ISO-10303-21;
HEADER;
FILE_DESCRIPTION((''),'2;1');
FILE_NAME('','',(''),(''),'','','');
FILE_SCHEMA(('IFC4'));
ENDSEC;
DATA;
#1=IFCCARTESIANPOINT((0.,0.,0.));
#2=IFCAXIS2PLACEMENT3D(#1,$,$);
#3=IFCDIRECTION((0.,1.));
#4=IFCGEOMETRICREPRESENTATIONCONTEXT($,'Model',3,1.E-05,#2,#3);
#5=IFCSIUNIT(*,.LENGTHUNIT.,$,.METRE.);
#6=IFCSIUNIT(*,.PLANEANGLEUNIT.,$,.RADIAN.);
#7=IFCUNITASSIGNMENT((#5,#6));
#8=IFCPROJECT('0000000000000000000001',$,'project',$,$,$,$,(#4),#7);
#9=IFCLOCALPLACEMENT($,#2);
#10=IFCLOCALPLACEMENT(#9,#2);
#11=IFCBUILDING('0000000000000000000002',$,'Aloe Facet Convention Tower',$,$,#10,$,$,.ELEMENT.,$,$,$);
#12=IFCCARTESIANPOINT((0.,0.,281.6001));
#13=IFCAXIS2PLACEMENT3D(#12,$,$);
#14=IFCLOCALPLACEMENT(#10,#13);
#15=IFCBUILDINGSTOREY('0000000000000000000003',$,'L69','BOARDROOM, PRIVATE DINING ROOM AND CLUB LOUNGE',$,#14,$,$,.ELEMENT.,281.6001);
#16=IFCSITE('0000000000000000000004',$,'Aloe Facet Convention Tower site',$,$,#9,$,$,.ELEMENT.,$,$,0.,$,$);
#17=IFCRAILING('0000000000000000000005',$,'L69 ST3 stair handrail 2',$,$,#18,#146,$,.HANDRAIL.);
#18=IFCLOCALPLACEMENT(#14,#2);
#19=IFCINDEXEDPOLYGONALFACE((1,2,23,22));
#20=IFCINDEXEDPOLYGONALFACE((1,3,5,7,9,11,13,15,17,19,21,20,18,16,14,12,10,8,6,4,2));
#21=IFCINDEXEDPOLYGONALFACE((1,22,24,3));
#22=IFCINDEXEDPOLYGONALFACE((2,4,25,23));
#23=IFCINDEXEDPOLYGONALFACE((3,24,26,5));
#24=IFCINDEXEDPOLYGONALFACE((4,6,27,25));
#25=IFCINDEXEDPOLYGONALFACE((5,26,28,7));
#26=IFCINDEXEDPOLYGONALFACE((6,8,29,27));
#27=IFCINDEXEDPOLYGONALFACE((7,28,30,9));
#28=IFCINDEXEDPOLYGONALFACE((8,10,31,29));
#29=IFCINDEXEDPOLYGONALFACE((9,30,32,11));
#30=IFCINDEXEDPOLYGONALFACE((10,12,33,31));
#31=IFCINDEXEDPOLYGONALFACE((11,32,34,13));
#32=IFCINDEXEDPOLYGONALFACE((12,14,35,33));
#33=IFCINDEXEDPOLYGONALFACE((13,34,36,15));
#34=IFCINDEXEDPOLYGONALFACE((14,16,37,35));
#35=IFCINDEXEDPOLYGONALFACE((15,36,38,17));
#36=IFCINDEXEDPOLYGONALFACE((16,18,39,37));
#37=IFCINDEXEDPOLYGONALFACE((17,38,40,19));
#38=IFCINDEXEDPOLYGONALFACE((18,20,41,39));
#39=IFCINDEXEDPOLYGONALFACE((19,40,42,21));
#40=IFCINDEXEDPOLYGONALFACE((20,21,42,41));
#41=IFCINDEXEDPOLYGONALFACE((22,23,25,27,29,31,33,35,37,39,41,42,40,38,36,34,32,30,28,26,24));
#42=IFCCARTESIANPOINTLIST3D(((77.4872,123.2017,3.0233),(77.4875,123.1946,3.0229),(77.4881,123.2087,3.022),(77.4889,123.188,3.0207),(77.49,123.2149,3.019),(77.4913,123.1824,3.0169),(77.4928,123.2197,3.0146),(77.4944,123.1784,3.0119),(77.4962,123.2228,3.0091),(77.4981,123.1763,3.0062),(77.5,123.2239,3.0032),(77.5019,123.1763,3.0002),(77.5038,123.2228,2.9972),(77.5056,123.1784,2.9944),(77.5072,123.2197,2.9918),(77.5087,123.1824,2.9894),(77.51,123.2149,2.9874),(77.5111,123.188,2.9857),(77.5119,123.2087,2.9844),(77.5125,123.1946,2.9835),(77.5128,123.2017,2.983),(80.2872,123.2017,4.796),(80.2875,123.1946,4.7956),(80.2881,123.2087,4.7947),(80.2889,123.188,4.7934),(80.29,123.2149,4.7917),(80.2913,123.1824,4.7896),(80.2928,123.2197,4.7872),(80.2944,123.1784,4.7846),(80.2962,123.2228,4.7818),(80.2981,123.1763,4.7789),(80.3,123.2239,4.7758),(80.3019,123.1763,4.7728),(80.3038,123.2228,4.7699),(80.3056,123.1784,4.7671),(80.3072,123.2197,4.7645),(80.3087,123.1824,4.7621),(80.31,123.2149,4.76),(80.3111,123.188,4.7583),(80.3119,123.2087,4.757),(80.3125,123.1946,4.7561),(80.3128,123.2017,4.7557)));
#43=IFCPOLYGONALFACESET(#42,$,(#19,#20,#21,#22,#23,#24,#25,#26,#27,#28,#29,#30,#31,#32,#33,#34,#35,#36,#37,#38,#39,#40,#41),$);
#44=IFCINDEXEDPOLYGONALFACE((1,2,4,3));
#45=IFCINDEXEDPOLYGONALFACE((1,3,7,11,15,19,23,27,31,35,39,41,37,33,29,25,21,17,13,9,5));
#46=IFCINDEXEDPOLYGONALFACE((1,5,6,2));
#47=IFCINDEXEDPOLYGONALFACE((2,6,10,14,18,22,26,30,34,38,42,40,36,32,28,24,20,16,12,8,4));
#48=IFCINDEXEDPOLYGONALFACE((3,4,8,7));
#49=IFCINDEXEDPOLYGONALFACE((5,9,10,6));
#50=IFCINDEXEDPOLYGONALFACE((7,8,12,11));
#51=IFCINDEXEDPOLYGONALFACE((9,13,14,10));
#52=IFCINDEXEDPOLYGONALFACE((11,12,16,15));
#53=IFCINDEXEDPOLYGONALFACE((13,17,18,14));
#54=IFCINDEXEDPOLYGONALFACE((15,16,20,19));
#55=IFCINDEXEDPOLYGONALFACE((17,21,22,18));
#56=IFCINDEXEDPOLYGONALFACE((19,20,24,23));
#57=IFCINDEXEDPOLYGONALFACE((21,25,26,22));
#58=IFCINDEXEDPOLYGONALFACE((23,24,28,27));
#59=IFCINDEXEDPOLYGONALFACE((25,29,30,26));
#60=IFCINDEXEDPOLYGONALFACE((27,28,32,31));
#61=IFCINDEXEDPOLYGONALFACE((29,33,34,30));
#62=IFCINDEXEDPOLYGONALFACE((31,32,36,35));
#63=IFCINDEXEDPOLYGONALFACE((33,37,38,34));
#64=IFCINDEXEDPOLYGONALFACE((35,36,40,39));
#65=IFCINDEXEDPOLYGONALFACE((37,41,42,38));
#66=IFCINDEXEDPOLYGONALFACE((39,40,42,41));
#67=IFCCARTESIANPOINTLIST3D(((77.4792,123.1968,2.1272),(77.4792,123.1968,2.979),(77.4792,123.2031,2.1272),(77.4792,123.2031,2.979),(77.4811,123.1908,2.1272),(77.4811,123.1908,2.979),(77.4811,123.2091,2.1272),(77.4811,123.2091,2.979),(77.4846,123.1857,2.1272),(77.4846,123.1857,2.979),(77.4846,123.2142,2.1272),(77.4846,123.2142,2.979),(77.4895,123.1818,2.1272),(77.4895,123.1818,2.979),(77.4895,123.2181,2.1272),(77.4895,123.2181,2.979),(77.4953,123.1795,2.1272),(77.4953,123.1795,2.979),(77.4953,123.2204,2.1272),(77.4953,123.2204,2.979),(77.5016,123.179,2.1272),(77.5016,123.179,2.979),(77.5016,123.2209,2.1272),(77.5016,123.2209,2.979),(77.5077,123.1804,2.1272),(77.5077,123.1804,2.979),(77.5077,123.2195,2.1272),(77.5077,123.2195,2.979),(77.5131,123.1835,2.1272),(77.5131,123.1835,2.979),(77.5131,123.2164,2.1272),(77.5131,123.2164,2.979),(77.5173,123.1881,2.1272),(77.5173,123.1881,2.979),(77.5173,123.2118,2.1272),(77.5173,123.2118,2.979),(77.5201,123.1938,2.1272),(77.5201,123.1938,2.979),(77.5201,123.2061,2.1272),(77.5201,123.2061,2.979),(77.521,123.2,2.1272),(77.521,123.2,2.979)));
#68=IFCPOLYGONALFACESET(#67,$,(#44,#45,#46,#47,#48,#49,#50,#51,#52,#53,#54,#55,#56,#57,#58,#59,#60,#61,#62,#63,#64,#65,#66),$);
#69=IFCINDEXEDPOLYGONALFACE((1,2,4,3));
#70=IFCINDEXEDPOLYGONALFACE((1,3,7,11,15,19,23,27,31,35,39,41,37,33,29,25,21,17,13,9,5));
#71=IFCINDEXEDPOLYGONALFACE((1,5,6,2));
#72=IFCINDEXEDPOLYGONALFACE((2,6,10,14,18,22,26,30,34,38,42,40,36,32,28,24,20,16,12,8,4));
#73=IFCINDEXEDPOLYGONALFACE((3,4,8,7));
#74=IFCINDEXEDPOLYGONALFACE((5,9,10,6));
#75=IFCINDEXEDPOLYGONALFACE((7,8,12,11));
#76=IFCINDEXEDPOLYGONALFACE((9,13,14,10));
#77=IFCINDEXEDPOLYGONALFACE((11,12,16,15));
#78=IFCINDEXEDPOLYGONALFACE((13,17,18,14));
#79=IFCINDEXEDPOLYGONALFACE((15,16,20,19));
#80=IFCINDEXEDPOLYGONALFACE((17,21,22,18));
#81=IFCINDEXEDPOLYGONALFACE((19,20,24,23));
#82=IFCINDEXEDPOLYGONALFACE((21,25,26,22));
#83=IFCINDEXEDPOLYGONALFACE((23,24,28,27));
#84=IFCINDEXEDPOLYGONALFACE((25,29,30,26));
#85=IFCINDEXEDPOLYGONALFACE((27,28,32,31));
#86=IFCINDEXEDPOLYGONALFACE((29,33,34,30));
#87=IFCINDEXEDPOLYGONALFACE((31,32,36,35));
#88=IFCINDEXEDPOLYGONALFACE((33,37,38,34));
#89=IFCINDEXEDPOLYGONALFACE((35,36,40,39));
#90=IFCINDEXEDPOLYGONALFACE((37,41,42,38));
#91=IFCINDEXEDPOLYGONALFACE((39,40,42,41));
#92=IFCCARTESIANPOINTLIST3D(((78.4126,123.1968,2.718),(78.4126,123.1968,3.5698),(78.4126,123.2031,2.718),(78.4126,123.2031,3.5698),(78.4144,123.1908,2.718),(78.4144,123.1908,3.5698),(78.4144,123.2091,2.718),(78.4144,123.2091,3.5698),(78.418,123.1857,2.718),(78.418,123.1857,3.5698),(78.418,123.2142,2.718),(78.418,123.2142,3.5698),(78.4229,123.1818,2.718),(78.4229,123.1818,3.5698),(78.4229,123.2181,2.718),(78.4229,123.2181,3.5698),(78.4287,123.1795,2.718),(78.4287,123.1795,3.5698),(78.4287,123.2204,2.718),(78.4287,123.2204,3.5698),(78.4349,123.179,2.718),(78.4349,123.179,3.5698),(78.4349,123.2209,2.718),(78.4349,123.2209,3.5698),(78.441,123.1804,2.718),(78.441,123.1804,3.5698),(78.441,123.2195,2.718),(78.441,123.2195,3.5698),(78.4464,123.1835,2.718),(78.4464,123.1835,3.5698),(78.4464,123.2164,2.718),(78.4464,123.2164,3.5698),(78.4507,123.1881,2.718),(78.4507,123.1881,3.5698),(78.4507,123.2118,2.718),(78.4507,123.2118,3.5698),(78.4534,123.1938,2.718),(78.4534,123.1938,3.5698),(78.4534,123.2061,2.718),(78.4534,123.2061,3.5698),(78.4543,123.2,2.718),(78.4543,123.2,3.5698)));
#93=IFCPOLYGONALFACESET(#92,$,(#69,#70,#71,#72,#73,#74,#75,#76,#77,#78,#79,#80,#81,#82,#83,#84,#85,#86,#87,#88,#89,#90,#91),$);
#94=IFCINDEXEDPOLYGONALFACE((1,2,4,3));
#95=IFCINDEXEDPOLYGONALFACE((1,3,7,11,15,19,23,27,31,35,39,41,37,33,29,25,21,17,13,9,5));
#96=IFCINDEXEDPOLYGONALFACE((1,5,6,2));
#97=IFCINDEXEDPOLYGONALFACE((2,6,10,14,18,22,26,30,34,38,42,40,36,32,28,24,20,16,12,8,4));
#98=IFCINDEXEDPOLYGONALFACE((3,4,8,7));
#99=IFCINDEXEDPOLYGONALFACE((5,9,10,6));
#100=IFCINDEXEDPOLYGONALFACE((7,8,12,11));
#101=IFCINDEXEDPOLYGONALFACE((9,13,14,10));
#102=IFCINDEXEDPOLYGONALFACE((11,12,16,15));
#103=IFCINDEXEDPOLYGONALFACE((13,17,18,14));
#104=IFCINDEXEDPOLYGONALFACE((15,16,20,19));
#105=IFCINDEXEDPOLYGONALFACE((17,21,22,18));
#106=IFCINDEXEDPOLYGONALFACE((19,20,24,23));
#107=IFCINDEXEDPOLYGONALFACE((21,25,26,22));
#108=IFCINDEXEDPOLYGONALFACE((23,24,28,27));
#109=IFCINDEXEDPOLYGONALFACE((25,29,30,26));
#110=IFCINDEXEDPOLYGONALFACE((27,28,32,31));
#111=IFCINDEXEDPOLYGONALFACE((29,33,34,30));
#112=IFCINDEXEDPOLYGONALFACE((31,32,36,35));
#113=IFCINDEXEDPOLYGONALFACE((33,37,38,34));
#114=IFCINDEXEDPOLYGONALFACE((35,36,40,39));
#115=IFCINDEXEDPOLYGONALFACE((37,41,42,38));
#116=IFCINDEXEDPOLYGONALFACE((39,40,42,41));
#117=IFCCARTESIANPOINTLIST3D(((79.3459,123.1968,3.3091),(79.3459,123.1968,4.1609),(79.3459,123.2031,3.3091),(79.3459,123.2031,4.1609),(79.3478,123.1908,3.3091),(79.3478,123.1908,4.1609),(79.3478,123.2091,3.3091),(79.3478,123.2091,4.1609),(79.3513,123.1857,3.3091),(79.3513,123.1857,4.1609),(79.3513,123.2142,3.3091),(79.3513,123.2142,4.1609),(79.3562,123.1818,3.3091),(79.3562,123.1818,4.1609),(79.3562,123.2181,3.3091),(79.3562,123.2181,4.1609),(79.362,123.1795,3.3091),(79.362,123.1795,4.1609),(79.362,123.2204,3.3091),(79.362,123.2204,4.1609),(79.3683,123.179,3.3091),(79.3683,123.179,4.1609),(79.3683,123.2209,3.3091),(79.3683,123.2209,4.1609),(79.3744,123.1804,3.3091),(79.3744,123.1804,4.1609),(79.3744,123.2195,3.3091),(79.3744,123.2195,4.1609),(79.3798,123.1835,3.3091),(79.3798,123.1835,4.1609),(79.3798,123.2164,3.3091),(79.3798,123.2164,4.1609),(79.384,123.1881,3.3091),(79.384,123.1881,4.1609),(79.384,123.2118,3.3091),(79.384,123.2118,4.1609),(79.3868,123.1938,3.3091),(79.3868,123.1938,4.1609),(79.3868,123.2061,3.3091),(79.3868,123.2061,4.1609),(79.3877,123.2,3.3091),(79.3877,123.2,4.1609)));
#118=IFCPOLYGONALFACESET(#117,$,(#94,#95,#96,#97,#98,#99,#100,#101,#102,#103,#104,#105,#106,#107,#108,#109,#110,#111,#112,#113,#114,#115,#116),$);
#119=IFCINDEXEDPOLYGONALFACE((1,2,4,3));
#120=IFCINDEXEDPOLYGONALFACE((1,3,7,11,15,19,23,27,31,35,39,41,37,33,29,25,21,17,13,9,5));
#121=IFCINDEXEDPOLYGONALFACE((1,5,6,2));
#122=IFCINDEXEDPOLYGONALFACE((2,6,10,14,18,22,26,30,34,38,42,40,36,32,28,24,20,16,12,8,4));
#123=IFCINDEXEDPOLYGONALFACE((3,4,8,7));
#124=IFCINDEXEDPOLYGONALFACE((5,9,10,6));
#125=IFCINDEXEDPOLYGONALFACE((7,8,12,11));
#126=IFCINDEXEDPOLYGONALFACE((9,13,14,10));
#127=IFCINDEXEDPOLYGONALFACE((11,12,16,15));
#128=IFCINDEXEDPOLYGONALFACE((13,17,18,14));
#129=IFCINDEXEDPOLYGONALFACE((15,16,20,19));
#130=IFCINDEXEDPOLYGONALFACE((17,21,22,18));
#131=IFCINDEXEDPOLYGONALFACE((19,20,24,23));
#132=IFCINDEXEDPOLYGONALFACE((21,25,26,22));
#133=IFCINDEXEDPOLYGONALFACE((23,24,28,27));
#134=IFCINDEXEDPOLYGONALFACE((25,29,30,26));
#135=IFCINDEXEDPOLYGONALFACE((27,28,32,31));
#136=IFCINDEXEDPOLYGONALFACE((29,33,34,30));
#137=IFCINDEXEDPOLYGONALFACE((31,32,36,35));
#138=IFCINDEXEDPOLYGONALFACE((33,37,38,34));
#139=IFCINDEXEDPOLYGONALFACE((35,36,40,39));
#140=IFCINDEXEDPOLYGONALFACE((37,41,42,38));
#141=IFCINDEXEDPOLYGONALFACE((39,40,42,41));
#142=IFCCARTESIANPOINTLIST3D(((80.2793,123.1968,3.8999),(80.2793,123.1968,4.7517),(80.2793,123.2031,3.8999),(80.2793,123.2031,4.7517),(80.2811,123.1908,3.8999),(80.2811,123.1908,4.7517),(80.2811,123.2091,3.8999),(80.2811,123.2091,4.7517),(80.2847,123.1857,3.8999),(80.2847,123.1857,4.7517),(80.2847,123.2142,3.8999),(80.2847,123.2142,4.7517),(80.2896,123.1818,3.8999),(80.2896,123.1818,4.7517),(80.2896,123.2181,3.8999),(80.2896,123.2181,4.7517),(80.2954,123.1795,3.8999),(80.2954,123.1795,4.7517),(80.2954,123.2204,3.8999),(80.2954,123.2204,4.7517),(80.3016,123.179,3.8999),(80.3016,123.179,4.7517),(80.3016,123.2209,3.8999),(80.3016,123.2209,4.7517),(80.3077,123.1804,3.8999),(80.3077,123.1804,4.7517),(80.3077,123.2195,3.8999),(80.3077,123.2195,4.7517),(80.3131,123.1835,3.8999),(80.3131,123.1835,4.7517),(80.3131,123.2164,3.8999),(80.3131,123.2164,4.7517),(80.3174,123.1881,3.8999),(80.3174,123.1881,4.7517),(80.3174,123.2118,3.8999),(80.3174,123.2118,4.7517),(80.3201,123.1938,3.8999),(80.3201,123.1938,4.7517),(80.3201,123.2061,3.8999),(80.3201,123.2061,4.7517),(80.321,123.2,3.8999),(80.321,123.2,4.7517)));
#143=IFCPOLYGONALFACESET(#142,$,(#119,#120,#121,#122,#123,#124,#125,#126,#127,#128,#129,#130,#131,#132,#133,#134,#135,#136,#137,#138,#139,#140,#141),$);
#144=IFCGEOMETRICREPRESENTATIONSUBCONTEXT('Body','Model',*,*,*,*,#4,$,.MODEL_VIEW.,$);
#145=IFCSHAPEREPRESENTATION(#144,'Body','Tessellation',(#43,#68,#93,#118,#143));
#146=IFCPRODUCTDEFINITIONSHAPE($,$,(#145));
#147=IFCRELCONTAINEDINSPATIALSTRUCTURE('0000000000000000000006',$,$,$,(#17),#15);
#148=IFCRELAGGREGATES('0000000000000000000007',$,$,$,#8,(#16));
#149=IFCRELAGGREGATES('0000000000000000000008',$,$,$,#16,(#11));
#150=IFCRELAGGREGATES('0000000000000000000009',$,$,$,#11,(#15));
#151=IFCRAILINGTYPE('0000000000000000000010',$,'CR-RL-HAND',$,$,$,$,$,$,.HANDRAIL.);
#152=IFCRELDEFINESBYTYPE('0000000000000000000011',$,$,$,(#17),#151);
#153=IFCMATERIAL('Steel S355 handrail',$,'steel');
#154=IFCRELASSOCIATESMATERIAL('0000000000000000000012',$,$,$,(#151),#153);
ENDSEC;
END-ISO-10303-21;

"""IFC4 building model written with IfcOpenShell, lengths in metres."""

from ifc_helpers import new_model, si_unit, direction, frame, origin, origin_2d, place, context, subcontext, project, spatial, circle, extrude, material, type_object, element, save


model = new_model("IFC4")

# Units and contexts
model_context = context("Model", 3, precision=1e-05, world=origin(), true_north=direction((0.0, 1.0)))
body_context = subcontext(model_context, "Body", "Model", "MODEL_VIEW")
ifc_project = project(units=[si_unit("LENGTHUNIT", "METRE"), si_unit("PLANEANGLEUNIT", "RADIAN")], contexts=[model_context])

# Site, building, storey
site_placement = place(None, origin())
site = spatial("IfcSite", under=ifc_project, at=site_placement, Name="Aloe Facet Convention Tower site", CompositionType="ELEMENT", RefElevation=0.0)
building_placement = place(site_placement, origin())
building = spatial("IfcBuilding", under=site, at=building_placement, Name="Aloe Facet Convention Tower", CompositionType="ELEMENT")
storey_placement = place(building_placement, frame((0.0, 0.0, 281.6001)))
storey = spatial("IfcBuildingStorey", under=building, at=storey_placement, Name="L69", Description="BOARDROOM, PRIVATE DINING ROOM AND CLUB LOUNGE", CompositionType="ELEMENT", Elevation=281.6001)

# Railing
ifc_material_1 = material(Name="Steel S355 handrail", Category="steel")
railing_type_1 = type_object("IfcRailingType", Name="CR-RL-HAND", PredefinedType="HANDRAIL", material=ifc_material_1)
railing_1_placement = place(storey_placement, frame((77.5, 123.2, 2.1272)))
element("IfcRailing", 1, at=railing_1_placement, inside=storey, type_object=railing_type_1, Name="L69 ST3 stair handrail 2", PredefinedType="HANDRAIL", context=body_context, shape_type="SweptSolid", body=[
    extrude(circle(Radius=0.0239, at=origin_2d()), frame((0.0, 0.0, 0.876), z_axis=(0.844909, 0.0, 0.53491), x_axis=(0.0, 1.0, 0.0)), (0.0, 0.0, 1.0), 3.314),
    extrude(circle(Radius=0.021, at=origin_2d()), origin(), (0.0, 0.0, 1.0), 0.8518),
    extrude(circle(Radius=0.021, at=origin_2d()), frame((0.9333, 0.0, 0.5908)), (0.0, 0.0, 1.0), 0.8518),
    extrude(circle(Radius=0.021, at=origin_2d()), frame((1.8667, 0.0, 1.1819)), (0.0, 0.0, 1.0), 0.8518),
    extrude(circle(Radius=0.021, at=origin_2d()), frame((2.8, 0.0, 1.7727)), (0.0, 0.0, 1.0), 0.8518),
])

save(model, "model.ifc")
